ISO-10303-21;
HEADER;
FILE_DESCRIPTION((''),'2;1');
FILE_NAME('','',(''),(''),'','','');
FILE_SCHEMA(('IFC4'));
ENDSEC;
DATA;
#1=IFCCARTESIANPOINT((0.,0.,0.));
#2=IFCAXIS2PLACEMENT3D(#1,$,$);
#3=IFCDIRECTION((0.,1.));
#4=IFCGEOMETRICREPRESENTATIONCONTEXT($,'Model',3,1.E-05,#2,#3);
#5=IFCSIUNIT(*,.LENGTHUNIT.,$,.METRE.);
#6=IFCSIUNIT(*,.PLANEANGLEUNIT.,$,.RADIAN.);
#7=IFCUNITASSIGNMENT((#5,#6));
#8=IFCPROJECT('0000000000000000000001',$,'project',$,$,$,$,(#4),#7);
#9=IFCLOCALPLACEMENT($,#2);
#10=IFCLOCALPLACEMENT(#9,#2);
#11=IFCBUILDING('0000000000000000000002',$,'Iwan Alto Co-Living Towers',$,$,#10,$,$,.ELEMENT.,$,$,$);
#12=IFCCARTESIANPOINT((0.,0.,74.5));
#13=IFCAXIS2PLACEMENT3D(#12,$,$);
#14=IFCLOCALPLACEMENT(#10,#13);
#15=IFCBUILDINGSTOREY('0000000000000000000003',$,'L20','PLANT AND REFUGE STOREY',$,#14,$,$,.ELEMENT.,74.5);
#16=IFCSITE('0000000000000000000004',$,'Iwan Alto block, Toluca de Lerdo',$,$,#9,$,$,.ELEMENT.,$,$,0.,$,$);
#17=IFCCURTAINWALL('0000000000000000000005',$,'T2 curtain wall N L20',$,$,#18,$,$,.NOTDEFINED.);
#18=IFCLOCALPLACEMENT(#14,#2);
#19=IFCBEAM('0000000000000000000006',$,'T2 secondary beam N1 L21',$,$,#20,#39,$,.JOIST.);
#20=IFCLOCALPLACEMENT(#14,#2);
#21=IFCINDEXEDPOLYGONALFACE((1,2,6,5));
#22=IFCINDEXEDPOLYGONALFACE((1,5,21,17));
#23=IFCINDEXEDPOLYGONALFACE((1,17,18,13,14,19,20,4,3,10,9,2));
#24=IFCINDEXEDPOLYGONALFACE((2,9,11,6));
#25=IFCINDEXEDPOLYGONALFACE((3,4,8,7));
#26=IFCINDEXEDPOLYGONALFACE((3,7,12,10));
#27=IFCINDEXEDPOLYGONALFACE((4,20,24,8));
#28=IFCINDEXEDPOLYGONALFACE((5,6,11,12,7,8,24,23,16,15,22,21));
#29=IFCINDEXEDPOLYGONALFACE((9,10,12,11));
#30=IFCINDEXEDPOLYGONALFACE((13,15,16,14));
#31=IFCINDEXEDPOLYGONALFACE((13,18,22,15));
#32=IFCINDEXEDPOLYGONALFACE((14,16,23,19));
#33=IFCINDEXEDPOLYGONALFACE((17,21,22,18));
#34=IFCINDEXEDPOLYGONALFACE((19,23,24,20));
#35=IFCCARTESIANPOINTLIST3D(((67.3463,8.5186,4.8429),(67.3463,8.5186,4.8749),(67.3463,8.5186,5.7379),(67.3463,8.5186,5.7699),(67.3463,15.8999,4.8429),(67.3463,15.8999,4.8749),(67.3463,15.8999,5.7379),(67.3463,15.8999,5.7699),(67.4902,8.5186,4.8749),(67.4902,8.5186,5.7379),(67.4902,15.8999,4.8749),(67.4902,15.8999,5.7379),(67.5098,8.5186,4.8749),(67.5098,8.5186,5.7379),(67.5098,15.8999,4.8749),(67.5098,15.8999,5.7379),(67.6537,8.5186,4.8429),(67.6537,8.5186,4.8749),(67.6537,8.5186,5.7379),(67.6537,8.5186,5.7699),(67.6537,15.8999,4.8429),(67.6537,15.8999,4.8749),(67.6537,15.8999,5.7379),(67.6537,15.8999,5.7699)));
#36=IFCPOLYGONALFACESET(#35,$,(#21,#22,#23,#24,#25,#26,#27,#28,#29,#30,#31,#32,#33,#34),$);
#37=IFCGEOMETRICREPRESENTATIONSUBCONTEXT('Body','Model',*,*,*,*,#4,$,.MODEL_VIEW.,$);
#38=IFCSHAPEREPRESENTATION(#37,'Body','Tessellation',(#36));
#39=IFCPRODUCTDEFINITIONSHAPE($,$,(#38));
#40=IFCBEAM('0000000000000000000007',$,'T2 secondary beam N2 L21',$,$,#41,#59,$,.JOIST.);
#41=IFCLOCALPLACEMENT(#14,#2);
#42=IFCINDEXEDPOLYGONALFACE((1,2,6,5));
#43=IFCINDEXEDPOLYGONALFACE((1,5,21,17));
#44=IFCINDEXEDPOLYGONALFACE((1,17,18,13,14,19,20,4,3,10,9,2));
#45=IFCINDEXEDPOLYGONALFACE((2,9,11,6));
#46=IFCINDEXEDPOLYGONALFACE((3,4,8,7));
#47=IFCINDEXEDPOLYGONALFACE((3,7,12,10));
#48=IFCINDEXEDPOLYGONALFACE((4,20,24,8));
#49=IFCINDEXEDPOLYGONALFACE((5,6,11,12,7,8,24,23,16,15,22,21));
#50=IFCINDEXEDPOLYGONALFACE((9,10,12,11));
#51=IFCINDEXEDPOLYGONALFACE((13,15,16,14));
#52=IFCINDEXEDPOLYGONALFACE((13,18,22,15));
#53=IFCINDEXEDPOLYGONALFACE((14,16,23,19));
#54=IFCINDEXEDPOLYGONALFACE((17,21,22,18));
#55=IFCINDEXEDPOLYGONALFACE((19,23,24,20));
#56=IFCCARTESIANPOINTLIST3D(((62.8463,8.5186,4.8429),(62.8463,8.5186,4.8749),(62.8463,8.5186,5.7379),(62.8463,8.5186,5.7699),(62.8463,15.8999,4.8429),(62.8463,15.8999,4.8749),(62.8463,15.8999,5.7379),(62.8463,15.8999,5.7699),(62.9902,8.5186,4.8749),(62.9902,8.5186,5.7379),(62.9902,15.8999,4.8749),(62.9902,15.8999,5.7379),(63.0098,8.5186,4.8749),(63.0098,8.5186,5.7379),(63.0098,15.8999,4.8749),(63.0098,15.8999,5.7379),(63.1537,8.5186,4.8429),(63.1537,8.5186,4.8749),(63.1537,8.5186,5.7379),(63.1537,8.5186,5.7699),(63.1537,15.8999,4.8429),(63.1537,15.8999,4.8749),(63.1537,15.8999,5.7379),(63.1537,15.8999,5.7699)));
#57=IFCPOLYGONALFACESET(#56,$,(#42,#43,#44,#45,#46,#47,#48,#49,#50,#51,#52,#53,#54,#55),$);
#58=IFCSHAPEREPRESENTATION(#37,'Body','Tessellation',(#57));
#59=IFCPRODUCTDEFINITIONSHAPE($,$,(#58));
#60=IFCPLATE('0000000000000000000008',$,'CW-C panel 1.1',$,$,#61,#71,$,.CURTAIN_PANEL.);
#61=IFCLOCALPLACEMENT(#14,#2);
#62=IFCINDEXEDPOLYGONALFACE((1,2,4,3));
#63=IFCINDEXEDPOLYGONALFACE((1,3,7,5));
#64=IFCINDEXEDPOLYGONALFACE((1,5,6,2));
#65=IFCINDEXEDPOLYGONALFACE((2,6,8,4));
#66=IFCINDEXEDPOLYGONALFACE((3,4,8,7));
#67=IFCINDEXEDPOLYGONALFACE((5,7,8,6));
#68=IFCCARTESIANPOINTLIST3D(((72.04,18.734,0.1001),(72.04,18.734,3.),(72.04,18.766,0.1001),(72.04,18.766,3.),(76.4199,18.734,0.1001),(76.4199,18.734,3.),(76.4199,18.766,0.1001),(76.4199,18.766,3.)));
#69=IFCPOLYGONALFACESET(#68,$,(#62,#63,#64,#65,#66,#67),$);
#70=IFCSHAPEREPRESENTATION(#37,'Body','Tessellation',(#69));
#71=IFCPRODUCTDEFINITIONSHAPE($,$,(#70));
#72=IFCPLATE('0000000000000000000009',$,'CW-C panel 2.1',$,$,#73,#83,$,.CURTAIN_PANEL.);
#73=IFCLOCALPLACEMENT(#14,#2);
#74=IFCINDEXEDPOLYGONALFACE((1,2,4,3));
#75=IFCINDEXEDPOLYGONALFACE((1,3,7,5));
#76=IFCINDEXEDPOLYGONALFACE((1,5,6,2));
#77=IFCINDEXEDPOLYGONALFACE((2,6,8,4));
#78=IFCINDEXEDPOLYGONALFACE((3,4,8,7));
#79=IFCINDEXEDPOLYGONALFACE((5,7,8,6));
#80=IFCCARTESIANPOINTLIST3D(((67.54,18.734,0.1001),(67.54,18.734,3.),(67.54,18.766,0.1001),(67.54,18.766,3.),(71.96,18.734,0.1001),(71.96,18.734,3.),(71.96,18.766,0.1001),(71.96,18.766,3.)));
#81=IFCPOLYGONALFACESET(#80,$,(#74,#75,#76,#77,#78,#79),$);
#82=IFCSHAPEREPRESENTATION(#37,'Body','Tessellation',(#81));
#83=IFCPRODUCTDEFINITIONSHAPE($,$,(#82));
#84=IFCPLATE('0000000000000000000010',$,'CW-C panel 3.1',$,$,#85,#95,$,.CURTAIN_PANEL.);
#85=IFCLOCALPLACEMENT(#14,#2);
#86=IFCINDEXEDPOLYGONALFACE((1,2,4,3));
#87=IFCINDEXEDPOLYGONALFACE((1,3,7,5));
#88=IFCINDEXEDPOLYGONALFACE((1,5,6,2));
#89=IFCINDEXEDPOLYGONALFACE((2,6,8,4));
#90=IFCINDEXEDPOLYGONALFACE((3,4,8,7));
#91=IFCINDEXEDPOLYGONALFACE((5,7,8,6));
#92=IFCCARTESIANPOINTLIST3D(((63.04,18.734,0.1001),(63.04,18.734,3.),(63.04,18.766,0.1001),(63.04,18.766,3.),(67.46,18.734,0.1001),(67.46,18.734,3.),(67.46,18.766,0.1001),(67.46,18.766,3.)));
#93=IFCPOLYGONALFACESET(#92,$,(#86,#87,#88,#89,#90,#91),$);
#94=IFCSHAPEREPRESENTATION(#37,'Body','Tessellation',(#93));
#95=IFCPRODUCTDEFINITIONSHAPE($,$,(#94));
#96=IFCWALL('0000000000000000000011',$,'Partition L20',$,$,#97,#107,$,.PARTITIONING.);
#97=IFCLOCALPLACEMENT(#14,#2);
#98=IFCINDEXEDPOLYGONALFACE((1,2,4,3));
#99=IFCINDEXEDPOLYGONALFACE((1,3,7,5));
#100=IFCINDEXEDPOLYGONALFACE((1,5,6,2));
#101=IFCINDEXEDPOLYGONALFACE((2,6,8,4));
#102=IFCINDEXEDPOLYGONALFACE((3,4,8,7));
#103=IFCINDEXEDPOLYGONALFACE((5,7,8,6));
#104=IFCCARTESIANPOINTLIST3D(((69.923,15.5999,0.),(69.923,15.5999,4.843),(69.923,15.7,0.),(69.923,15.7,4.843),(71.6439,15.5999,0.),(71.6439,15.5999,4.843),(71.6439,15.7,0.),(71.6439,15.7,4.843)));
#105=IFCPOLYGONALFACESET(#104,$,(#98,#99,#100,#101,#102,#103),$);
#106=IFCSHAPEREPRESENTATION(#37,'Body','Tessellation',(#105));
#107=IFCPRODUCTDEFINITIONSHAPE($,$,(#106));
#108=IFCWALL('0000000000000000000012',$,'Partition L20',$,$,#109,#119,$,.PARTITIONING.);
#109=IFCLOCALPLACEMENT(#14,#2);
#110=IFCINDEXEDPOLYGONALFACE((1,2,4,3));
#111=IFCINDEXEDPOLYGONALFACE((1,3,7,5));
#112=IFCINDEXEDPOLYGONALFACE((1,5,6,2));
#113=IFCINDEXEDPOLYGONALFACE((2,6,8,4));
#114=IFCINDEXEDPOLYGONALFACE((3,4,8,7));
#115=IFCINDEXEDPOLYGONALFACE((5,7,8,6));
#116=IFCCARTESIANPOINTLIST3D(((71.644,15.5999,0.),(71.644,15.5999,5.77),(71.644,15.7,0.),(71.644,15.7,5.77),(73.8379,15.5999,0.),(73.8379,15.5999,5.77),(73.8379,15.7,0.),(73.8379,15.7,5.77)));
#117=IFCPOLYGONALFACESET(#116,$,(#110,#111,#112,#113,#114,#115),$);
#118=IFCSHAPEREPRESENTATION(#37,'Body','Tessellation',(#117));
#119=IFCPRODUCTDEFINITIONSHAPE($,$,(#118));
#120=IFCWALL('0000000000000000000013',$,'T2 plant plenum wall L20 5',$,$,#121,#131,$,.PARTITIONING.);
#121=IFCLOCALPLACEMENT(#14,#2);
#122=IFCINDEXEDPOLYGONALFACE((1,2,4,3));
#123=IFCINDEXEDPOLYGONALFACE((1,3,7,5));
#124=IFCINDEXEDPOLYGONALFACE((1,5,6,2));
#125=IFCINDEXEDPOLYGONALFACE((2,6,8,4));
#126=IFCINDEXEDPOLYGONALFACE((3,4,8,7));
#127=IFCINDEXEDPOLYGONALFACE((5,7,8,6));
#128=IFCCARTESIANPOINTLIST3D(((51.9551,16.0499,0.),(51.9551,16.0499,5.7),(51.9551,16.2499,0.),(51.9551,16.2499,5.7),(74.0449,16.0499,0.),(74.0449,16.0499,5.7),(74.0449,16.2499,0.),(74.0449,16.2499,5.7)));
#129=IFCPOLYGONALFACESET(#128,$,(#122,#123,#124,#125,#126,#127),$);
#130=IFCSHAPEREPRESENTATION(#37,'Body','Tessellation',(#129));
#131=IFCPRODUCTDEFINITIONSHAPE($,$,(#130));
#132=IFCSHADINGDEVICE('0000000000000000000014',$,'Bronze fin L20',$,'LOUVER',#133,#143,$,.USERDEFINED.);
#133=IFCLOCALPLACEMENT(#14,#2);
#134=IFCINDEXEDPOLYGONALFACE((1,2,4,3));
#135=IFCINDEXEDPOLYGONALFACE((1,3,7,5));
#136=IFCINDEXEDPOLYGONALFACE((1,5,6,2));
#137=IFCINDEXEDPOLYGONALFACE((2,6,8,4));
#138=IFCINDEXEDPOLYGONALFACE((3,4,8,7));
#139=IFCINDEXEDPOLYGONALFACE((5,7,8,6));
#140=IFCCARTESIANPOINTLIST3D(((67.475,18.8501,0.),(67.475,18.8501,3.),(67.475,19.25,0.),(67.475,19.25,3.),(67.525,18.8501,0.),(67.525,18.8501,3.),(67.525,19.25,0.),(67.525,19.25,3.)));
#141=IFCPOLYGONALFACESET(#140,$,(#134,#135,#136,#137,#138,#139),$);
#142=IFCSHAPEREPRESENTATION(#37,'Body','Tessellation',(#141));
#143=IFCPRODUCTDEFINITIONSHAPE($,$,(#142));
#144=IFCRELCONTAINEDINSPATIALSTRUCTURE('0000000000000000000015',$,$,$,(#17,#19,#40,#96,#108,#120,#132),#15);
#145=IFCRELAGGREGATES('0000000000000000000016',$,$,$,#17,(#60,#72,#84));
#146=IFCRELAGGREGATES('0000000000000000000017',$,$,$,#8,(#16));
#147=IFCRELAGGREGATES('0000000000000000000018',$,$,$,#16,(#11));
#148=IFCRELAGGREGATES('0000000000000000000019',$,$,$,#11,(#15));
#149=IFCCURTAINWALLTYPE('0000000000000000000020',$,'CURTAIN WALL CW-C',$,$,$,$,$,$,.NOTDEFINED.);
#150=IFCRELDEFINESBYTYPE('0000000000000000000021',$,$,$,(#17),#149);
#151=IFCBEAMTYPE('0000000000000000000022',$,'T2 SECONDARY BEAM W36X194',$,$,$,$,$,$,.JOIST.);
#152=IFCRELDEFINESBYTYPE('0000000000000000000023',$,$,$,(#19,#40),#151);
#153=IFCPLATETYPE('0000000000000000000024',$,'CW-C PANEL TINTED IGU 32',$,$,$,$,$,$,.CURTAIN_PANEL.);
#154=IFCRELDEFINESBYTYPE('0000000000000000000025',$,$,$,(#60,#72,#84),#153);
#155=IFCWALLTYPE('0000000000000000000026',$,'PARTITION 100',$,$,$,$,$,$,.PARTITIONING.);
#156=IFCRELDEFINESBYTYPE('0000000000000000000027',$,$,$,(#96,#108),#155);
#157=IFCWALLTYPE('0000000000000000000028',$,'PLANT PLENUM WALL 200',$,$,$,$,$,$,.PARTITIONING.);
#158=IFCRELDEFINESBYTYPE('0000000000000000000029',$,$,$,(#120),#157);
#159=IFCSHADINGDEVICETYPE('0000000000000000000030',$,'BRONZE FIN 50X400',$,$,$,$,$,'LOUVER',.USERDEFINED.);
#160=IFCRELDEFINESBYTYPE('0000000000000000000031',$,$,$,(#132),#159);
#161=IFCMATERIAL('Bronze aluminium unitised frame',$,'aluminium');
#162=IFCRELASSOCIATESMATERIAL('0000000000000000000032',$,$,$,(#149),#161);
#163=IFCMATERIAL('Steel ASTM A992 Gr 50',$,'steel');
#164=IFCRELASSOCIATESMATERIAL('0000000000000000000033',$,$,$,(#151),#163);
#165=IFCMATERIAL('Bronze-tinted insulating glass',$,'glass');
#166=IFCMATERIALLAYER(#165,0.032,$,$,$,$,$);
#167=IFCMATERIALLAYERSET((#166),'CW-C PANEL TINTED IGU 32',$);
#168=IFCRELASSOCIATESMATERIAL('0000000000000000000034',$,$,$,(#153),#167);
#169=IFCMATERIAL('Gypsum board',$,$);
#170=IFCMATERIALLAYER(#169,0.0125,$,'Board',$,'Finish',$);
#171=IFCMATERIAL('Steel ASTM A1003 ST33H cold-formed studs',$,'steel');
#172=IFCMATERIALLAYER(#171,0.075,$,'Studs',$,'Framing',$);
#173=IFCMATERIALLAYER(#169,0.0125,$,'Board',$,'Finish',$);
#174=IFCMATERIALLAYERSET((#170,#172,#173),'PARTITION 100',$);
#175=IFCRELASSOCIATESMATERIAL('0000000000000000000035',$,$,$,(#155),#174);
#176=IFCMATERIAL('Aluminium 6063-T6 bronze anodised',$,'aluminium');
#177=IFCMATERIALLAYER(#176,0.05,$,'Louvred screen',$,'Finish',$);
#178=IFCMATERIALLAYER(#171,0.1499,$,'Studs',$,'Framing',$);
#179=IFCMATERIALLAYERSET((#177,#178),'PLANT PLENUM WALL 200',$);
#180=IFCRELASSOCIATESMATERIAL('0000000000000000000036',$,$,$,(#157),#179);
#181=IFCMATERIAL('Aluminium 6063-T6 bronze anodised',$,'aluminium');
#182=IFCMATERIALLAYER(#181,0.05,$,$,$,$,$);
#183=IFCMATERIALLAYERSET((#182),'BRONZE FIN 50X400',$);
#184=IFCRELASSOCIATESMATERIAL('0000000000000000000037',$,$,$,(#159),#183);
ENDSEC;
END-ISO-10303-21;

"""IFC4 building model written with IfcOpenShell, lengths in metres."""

from ifc_helpers import new_model, si_unit, direction, frame, frame_2d, origin, origin_2d, place, context, subcontext, project, spatial, rectangle, i_section, extrude, material, layer, layer_set, material_profile, profile_set, type_object, element, aggregate, save


model = new_model("IFC4")

# Units and contexts
model_context = context("Model", 3, precision=1e-05, world=origin(), true_north=direction((0.0, 1.0)))
body_context = subcontext(model_context, "Body", "Model", "MODEL_VIEW")
ifc_project = project(units=[si_unit("LENGTHUNIT", "METRE"), si_unit("PLANEANGLEUNIT", "RADIAN")], contexts=[model_context])

# Site, building, storey
site_placement = place(None, origin())
site = spatial("IfcSite", under=ifc_project, at=site_placement, Name="Iwan Alto block, Toluca de Lerdo", CompositionType="ELEMENT", RefElevation=0.0)
building_placement = place(site_placement, origin())
building = spatial("IfcBuilding", under=site, at=building_placement, Name="Iwan Alto Co-Living Towers", CompositionType="ELEMENT")
storey_placement = place(building_placement, frame((0.0, 0.0, 74.5)))
storey = spatial("IfcBuildingStorey", under=building, at=storey_placement, Name="L20", Description="PLANT AND REFUGE STOREY", CompositionType="ELEMENT", Elevation=74.5)

# Shared definitions
ifc_material_1 = material(Name="Bronze aluminium unitised frame", Category="aluminium")
curtain_wall_type = type_object("IfcCurtainWallType", Name="CURTAIN WALL CW-C", PredefinedType="NOTDEFINED", material=ifc_material_1)

# Curtain wall
curtain_wall_1_placement = place(storey_placement, origin())
curtain_wall_1 = element("IfcCurtainWall", 1, at=curtain_wall_1_placement, inside=storey, type_object=curtain_wall_type, Name="T2 curtain wall N L20", PredefinedType="NOTDEFINED")

# Beams
ifc_material_2 = material(Name="Steel ASTM A992 Gr 50", Category="steel")
ifc_material_profile_1 = material_profile(ifc_material_2, i_section(OverallWidth=0.3074, OverallDepth=0.927, WebThickness=0.0195, FlangeThickness=0.032, at=origin_2d()), Name="W36X194")
ifc_profile_set_1 = profile_set([ifc_material_profile_1], Name="Steel ASTM A992 Gr 50")
beam_type_1 = type_object("IfcBeamType", Name="T2 SECONDARY BEAM W36X194", PredefinedType="JOIST", material=ifc_profile_set_1)
for number, where, z_axis, x_axis, name in (
    (2, (67.5, 15.8999, 5.3064), (0.0, -1.0, 0.0), (1.0, 0.0, 0.0), "T2 secondary beam N1 L21"),
    (3, (63.0, 15.8999, 5.3064), (0.0, -1.0, 0.0), (1.0, 0.0, 0.0), "T2 secondary beam N2 L21"),
):
    element("IfcBeam", number, at=place(storey_placement, frame(where, z_axis=z_axis, x_axis=x_axis)), inside=storey, type_object=beam_type_1, Name=name, PredefinedType="JOIST", context=body_context, shape_type="SweptSolid", body=[
        extrude(i_section(OverallWidth=0.3074, OverallDepth=0.927, WebThickness=0.0195, FlangeThickness=0.032, at=origin_2d()), origin(), (0.0, 0.0, 1.0), 7.3813),
    ])

# Plates
ifc_material_3 = material(Name="Bronze-tinted insulating glass", Category="glass")
ifc_layer_1 = layer(ifc_material_3, 0.032)
ifc_layer_set_1 = layer_set([ifc_layer_1], Name="CW-C PANEL TINTED IGU 32")
plate_type = type_object("IfcPlateType", Name="CW-C PANEL TINTED IGU 32", PredefinedType="CURTAIN_PANEL", material=ifc_layer_set_1)
plate_1_placement = place(storey_placement, frame((74.23, 18.75, 0.1001), z_axis=(0.0, 0.0, 1.0), x_axis=(-1.0, 0.0, 0.0)))
plate_1 = element("IfcPlate", 4, at=plate_1_placement, type_object=plate_type, Name="CW-C panel 1.1", PredefinedType="CURTAIN_PANEL", context=body_context, shape_type="SweptSolid", body=[
    extrude(rectangle(XDim=4.3799, YDim=0.032, at=origin_2d()), origin(), (0.0, 0.0, 1.0), 2.8999),
])
plate_2_placement = place(storey_placement, frame((69.75, 18.75, 0.1001), z_axis=(0.0, 0.0, 1.0), x_axis=(-1.0, 0.0, 0.0)))
plate_2 = element("IfcPlate", 5, at=plate_2_placement, type_object=plate_type, Name="CW-C panel 2.1", PredefinedType="CURTAIN_PANEL", context=body_context, shape_type="SweptSolid", body=[
    extrude(rectangle(XDim=4.4199, YDim=0.032, at=origin_2d()), origin(), (0.0, 0.0, 1.0), 2.8999),
])
plate_3_placement = place(storey_placement, frame((65.25, 18.75, 0.1001), z_axis=(0.0, 0.0, 1.0), x_axis=(-1.0, 0.0, 0.0)))
plate_3 = element("IfcPlate", 6, at=plate_3_placement, type_object=plate_type, Name="CW-C panel 3.1", PredefinedType="CURTAIN_PANEL", context=body_context, shape_type="SweptSolid", body=[
    extrude(rectangle(XDim=4.4199, YDim=0.032, at=origin_2d()), origin(), (0.0, 0.0, 1.0), 2.8999),
])
aggregate(curtain_wall_1, [plate_1, plate_2, plate_3])

# Walls
ifc_material_4 = material(Name="Gypsum board")
ifc_layer_2 = layer(ifc_material_4, 0.0125, Name="Board", Category="Finish")
ifc_material_5 = material(Name="Steel ASTM A1003 ST33H cold-formed studs", Category="steel")
ifc_layer_3 = layer(ifc_material_5, 0.075, Name="Studs", Category="Framing")
ifc_layer_4 = layer(ifc_material_4, 0.0125, Name="Board", Category="Finish")
ifc_layer_set_2 = layer_set([ifc_layer_2, ifc_layer_3, ifc_layer_4], Name="PARTITION 100")
wall_type_1 = type_object("IfcWallType", Name="PARTITION 100", PredefinedType="PARTITIONING", material=ifc_layer_set_2)
wall_1_placement = place(storey_placement, frame((69.9231, 15.6499, 0.0), z_axis=(0.0, 0.0, 1.0), x_axis=(1.0, 0.0, 0.0)))
element("IfcWall", 7, at=wall_1_placement, inside=storey, type_object=wall_type_1, Name="Partition L20", PredefinedType="PARTITIONING", context=body_context, shape_type="SweptSolid", body=[
    extrude(rectangle(XDim=1.7209, YDim=0.1001, at=frame_2d((0.8604, 0.0))), origin(), (0.0, 0.0, 1.0), 4.843),
])
wall_2_placement = place(storey_placement, frame((71.644, 15.6499, 0.0), z_axis=(0.0, 0.0, 1.0), x_axis=(1.0, 0.0, 0.0)))
element("IfcWall", 8, at=wall_2_placement, inside=storey, type_object=wall_type_1, Name="Partition L20", PredefinedType="PARTITIONING", context=body_context, shape_type="SweptSolid", body=[
    extrude(rectangle(XDim=2.1938, YDim=0.1001, at=frame_2d((1.0969, 0.0))), origin(), (0.0, 0.0, 1.0), 5.77),
])
ifc_material_6 = material(Name="Aluminium 6063-T6 bronze anodised", Category="aluminium")
ifc_layer_5 = layer(ifc_material_6, 0.05, Name="Louvred screen", Category="Finish")
ifc_layer_6 = layer(ifc_material_5, 0.1499, Name="Studs", Category="Framing")
ifc_layer_set_3 = layer_set([ifc_layer_5, ifc_layer_6], Name="PLANT PLENUM WALL 200")
wall_type_2 = type_object("IfcWallType", Name="PLANT PLENUM WALL 200", PredefinedType="PARTITIONING", material=ifc_layer_set_3)
wall_3_placement = place(storey_placement, frame((74.0449, 16.1499, 0.0), z_axis=(0.0, 0.0, 1.0), x_axis=(-1.0, 0.0, 0.0)))
element("IfcWall", 9, at=wall_3_placement, inside=storey, type_object=wall_type_2, Name="T2 plant plenum wall L20 5", PredefinedType="PARTITIONING", context=body_context, shape_type="SweptSolid", body=[
    extrude(rectangle(XDim=22.0898, YDim=0.2, at=frame_2d((11.0449, 0.0))), origin(), (0.0, 0.0, 1.0), 5.7),
])

# Shading device
ifc_material_7 = material(Name="Aluminium 6063-T6 bronze anodised", Category="aluminium")
ifc_layer_7 = layer(ifc_material_7, 0.05)
ifc_layer_set_4 = layer_set([ifc_layer_7], Name="BRONZE FIN 50X400")
shading_device_type_1 = type_object("IfcShadingDeviceType", Name="BRONZE FIN 50X400", ElementType="LOUVER", PredefinedType="USERDEFINED", material=ifc_layer_set_4)
shading_device_1_placement = place(storey_placement, frame((67.5, 19.05, 0.0), z_axis=(0.0, 0.0, 1.0), x_axis=(-1.0, 0.0, 0.0)))
element("IfcShadingDevice", 10, at=shading_device_1_placement, inside=storey, type_object=shading_device_type_1, Name="Bronze fin L20", ObjectType="LOUVER", PredefinedType="USERDEFINED", context=body_context, shape_type="SweptSolid", body=[
    extrude(rectangle(XDim=0.05, YDim=0.3999, at=origin_2d()), origin(), (0.0, 0.0, 1.0), 3.0),
])

save(model, "model.ifc")
